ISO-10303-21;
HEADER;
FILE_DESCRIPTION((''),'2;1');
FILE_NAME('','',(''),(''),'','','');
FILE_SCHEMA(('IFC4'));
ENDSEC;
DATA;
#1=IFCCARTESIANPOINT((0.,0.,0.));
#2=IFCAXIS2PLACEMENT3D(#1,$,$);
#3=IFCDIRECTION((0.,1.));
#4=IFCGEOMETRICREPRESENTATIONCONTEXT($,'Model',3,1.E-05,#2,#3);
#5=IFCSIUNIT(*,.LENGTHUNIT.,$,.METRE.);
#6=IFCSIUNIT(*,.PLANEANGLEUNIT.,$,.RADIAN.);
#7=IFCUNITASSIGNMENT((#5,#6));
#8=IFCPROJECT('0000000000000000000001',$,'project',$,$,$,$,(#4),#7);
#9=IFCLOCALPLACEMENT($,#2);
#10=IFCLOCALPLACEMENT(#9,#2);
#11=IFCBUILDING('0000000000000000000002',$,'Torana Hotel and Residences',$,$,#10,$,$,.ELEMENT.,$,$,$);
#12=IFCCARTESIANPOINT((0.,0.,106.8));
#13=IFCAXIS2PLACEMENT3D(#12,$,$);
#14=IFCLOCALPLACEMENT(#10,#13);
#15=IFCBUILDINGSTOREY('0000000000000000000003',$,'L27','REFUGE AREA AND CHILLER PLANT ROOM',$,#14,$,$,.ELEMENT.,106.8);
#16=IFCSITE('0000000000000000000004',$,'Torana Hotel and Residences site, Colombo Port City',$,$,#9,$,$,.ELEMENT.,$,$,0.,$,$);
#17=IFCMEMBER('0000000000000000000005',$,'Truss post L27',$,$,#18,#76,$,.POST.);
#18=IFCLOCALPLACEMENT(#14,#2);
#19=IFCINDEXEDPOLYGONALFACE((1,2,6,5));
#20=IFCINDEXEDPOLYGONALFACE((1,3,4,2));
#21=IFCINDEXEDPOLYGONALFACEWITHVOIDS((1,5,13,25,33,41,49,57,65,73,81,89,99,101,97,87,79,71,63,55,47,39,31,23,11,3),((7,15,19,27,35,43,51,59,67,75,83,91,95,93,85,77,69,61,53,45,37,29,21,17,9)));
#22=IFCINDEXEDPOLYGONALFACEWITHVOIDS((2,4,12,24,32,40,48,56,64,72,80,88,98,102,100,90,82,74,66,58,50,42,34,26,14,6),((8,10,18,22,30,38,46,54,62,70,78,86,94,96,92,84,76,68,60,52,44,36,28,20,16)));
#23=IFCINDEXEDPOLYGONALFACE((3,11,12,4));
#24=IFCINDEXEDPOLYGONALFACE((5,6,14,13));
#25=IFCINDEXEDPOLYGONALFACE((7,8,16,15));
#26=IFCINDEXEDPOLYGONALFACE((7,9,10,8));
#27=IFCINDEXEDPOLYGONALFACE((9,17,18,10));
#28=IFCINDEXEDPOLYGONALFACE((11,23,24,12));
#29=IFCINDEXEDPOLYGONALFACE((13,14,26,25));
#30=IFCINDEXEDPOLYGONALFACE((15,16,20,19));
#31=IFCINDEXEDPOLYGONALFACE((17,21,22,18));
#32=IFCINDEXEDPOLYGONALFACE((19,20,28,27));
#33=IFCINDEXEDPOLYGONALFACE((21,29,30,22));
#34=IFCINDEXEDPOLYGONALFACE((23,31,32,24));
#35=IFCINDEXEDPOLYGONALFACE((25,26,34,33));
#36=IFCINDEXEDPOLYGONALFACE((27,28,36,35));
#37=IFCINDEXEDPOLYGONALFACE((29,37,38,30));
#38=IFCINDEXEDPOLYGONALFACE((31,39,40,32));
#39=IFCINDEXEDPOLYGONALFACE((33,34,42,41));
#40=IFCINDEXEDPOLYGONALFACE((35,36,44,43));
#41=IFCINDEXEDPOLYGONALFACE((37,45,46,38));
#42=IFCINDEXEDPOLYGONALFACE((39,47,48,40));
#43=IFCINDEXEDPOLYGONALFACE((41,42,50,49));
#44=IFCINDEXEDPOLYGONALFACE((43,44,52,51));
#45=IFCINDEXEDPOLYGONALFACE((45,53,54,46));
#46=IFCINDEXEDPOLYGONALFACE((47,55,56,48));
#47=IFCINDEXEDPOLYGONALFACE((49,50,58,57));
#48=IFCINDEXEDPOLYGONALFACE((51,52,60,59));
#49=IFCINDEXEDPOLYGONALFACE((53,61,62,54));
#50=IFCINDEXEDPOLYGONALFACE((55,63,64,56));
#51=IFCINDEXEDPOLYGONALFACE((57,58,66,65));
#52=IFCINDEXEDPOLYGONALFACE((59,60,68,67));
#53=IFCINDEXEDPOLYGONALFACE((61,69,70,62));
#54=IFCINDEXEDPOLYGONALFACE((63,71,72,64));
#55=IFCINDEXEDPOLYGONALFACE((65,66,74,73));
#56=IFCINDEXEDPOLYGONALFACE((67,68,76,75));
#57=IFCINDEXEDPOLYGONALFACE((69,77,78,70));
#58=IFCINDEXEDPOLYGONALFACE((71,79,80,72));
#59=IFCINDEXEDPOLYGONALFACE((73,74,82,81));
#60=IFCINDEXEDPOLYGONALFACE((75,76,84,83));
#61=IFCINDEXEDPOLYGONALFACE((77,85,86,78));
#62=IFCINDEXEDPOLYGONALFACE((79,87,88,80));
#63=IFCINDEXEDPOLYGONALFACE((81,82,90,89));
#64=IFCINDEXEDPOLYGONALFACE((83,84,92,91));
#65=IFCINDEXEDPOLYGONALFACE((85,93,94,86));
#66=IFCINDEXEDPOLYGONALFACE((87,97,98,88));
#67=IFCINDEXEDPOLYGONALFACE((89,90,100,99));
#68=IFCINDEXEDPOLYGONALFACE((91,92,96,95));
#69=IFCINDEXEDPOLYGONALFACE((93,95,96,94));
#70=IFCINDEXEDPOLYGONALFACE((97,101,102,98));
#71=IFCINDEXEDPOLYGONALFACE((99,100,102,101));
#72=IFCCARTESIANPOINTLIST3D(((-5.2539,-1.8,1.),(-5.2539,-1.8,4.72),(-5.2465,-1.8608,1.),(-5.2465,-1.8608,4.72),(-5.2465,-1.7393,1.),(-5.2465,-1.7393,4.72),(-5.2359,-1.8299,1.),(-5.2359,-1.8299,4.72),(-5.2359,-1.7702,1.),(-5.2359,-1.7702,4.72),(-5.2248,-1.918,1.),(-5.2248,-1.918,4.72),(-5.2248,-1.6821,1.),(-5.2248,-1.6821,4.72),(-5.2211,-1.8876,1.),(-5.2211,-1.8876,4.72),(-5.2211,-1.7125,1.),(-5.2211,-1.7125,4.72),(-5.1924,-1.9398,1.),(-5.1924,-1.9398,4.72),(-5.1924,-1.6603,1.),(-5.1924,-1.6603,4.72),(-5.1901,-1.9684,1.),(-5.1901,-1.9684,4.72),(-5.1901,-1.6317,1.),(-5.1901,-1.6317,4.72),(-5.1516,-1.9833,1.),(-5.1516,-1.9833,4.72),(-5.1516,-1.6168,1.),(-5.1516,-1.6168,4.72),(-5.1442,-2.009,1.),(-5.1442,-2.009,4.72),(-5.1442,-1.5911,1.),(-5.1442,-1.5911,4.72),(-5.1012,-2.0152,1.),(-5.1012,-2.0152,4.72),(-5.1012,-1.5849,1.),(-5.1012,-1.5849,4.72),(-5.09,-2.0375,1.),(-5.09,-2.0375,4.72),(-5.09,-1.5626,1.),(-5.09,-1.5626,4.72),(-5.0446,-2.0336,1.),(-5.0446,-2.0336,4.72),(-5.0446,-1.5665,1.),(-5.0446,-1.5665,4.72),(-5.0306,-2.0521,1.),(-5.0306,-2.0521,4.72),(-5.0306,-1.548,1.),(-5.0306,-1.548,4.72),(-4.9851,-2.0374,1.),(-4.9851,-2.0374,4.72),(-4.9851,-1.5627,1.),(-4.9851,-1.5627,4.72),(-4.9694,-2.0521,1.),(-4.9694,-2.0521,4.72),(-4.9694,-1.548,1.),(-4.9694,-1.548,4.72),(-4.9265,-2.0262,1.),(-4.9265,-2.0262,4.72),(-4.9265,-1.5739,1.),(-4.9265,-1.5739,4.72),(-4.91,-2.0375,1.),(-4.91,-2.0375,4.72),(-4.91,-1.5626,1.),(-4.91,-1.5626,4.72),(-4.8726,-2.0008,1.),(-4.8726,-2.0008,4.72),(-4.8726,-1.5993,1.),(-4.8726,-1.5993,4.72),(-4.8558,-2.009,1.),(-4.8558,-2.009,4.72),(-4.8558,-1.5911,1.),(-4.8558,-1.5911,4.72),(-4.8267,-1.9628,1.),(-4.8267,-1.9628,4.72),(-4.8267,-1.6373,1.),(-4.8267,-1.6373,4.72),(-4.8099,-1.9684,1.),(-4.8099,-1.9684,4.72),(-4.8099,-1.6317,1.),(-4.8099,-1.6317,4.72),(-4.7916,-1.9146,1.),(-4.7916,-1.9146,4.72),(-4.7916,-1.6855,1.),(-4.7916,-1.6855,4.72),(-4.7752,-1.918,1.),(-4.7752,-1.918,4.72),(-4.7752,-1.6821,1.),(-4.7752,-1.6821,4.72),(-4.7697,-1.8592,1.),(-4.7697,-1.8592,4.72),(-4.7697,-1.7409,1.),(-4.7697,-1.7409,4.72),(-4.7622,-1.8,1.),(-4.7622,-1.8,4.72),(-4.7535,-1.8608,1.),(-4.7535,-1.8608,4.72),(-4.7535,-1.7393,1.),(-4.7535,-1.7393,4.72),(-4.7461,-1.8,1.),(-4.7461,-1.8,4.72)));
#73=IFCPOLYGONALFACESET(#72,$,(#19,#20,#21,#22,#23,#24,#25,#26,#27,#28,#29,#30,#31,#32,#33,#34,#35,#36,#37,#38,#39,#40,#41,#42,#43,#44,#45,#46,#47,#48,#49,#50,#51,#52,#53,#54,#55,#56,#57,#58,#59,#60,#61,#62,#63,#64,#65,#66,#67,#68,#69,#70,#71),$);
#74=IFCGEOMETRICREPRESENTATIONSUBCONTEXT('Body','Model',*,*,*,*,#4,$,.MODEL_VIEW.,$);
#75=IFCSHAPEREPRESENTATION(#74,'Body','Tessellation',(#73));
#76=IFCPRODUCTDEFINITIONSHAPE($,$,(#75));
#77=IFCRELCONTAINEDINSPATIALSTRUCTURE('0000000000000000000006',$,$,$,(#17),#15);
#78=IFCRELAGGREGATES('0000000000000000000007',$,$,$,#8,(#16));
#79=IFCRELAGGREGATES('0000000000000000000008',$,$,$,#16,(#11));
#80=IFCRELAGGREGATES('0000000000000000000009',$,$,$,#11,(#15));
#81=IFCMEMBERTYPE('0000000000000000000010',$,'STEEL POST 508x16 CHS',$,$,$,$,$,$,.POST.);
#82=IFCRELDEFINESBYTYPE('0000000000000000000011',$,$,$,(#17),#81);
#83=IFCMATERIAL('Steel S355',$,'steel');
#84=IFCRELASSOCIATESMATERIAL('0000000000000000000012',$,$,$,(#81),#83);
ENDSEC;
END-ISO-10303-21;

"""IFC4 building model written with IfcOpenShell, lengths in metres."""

from ifc_helpers import new_model, si_unit, direction, frame, origin, origin_2d, place, context, subcontext, project, spatial, hollow_circle, extrude, material, material_profile, profile_set, type_object, element, save


model = new_model("IFC4")

# Units and contexts
model_context = context("Model", 3, precision=1e-05, world=origin(), true_north=direction((0.0, 1.0)))
body_context = subcontext(model_context, "Body", "Model", "MODEL_VIEW")
ifc_project = project(units=[si_unit("LENGTHUNIT", "METRE"), si_unit("PLANEANGLEUNIT", "RADIAN")], contexts=[model_context])

# Site, building, storey
site_placement = place(None, origin())
site = spatial("IfcSite", under=ifc_project, at=site_placement, Name="Torana Hotel and Residences site, Colombo Port City", CompositionType="ELEMENT", RefElevation=0.0)
building_placement = place(site_placement, origin())
building = spatial("IfcBuilding", under=site, at=building_placement, Name="Torana Hotel and Residences", CompositionType="ELEMENT")
storey_placement = place(building_placement, frame((0.0, 0.0, 106.8)))
storey = spatial("IfcBuildingStorey", under=building, at=storey_placement, Name="L27", Description="REFUGE AREA AND CHILLER PLANT ROOM", CompositionType="ELEMENT", Elevation=106.8)

# Member
ifc_material_1 = material(Name="Steel S355", Category="steel")
ifc_material_profile_1 = material_profile(ifc_material_1, hollow_circle(Radius=0.2539, WallThickness=0.0161, at=origin_2d()), Name="508x16 CHS")
ifc_profile_set_1 = profile_set([ifc_material_profile_1], Name="Steel S355")
member_type_1 = type_object("IfcMemberType", Name="STEEL POST 508x16 CHS", PredefinedType="POST", material=ifc_profile_set_1)
for number, where, z_axis, x_axis, name in (
    (1, (-5.0, -1.8, 1.0), (0.0, 0.0, 1.0), (1.0, 0.0, 0.0), "Truss post L27"),
):
    element("IfcMember", number, at=place(storey_placement, frame(where, z_axis=z_axis, x_axis=x_axis)), inside=storey, type_object=member_type_1, Name=name, PredefinedType="POST", context=body_context, shape_type="SweptSolid", body=[
        extrude(hollow_circle(Radius=0.2539, WallThickness=0.0161, at=origin_2d()), origin(), (0.0, 0.0, 1.0), 3.72),
    ])

save(model, "model.ifc")
